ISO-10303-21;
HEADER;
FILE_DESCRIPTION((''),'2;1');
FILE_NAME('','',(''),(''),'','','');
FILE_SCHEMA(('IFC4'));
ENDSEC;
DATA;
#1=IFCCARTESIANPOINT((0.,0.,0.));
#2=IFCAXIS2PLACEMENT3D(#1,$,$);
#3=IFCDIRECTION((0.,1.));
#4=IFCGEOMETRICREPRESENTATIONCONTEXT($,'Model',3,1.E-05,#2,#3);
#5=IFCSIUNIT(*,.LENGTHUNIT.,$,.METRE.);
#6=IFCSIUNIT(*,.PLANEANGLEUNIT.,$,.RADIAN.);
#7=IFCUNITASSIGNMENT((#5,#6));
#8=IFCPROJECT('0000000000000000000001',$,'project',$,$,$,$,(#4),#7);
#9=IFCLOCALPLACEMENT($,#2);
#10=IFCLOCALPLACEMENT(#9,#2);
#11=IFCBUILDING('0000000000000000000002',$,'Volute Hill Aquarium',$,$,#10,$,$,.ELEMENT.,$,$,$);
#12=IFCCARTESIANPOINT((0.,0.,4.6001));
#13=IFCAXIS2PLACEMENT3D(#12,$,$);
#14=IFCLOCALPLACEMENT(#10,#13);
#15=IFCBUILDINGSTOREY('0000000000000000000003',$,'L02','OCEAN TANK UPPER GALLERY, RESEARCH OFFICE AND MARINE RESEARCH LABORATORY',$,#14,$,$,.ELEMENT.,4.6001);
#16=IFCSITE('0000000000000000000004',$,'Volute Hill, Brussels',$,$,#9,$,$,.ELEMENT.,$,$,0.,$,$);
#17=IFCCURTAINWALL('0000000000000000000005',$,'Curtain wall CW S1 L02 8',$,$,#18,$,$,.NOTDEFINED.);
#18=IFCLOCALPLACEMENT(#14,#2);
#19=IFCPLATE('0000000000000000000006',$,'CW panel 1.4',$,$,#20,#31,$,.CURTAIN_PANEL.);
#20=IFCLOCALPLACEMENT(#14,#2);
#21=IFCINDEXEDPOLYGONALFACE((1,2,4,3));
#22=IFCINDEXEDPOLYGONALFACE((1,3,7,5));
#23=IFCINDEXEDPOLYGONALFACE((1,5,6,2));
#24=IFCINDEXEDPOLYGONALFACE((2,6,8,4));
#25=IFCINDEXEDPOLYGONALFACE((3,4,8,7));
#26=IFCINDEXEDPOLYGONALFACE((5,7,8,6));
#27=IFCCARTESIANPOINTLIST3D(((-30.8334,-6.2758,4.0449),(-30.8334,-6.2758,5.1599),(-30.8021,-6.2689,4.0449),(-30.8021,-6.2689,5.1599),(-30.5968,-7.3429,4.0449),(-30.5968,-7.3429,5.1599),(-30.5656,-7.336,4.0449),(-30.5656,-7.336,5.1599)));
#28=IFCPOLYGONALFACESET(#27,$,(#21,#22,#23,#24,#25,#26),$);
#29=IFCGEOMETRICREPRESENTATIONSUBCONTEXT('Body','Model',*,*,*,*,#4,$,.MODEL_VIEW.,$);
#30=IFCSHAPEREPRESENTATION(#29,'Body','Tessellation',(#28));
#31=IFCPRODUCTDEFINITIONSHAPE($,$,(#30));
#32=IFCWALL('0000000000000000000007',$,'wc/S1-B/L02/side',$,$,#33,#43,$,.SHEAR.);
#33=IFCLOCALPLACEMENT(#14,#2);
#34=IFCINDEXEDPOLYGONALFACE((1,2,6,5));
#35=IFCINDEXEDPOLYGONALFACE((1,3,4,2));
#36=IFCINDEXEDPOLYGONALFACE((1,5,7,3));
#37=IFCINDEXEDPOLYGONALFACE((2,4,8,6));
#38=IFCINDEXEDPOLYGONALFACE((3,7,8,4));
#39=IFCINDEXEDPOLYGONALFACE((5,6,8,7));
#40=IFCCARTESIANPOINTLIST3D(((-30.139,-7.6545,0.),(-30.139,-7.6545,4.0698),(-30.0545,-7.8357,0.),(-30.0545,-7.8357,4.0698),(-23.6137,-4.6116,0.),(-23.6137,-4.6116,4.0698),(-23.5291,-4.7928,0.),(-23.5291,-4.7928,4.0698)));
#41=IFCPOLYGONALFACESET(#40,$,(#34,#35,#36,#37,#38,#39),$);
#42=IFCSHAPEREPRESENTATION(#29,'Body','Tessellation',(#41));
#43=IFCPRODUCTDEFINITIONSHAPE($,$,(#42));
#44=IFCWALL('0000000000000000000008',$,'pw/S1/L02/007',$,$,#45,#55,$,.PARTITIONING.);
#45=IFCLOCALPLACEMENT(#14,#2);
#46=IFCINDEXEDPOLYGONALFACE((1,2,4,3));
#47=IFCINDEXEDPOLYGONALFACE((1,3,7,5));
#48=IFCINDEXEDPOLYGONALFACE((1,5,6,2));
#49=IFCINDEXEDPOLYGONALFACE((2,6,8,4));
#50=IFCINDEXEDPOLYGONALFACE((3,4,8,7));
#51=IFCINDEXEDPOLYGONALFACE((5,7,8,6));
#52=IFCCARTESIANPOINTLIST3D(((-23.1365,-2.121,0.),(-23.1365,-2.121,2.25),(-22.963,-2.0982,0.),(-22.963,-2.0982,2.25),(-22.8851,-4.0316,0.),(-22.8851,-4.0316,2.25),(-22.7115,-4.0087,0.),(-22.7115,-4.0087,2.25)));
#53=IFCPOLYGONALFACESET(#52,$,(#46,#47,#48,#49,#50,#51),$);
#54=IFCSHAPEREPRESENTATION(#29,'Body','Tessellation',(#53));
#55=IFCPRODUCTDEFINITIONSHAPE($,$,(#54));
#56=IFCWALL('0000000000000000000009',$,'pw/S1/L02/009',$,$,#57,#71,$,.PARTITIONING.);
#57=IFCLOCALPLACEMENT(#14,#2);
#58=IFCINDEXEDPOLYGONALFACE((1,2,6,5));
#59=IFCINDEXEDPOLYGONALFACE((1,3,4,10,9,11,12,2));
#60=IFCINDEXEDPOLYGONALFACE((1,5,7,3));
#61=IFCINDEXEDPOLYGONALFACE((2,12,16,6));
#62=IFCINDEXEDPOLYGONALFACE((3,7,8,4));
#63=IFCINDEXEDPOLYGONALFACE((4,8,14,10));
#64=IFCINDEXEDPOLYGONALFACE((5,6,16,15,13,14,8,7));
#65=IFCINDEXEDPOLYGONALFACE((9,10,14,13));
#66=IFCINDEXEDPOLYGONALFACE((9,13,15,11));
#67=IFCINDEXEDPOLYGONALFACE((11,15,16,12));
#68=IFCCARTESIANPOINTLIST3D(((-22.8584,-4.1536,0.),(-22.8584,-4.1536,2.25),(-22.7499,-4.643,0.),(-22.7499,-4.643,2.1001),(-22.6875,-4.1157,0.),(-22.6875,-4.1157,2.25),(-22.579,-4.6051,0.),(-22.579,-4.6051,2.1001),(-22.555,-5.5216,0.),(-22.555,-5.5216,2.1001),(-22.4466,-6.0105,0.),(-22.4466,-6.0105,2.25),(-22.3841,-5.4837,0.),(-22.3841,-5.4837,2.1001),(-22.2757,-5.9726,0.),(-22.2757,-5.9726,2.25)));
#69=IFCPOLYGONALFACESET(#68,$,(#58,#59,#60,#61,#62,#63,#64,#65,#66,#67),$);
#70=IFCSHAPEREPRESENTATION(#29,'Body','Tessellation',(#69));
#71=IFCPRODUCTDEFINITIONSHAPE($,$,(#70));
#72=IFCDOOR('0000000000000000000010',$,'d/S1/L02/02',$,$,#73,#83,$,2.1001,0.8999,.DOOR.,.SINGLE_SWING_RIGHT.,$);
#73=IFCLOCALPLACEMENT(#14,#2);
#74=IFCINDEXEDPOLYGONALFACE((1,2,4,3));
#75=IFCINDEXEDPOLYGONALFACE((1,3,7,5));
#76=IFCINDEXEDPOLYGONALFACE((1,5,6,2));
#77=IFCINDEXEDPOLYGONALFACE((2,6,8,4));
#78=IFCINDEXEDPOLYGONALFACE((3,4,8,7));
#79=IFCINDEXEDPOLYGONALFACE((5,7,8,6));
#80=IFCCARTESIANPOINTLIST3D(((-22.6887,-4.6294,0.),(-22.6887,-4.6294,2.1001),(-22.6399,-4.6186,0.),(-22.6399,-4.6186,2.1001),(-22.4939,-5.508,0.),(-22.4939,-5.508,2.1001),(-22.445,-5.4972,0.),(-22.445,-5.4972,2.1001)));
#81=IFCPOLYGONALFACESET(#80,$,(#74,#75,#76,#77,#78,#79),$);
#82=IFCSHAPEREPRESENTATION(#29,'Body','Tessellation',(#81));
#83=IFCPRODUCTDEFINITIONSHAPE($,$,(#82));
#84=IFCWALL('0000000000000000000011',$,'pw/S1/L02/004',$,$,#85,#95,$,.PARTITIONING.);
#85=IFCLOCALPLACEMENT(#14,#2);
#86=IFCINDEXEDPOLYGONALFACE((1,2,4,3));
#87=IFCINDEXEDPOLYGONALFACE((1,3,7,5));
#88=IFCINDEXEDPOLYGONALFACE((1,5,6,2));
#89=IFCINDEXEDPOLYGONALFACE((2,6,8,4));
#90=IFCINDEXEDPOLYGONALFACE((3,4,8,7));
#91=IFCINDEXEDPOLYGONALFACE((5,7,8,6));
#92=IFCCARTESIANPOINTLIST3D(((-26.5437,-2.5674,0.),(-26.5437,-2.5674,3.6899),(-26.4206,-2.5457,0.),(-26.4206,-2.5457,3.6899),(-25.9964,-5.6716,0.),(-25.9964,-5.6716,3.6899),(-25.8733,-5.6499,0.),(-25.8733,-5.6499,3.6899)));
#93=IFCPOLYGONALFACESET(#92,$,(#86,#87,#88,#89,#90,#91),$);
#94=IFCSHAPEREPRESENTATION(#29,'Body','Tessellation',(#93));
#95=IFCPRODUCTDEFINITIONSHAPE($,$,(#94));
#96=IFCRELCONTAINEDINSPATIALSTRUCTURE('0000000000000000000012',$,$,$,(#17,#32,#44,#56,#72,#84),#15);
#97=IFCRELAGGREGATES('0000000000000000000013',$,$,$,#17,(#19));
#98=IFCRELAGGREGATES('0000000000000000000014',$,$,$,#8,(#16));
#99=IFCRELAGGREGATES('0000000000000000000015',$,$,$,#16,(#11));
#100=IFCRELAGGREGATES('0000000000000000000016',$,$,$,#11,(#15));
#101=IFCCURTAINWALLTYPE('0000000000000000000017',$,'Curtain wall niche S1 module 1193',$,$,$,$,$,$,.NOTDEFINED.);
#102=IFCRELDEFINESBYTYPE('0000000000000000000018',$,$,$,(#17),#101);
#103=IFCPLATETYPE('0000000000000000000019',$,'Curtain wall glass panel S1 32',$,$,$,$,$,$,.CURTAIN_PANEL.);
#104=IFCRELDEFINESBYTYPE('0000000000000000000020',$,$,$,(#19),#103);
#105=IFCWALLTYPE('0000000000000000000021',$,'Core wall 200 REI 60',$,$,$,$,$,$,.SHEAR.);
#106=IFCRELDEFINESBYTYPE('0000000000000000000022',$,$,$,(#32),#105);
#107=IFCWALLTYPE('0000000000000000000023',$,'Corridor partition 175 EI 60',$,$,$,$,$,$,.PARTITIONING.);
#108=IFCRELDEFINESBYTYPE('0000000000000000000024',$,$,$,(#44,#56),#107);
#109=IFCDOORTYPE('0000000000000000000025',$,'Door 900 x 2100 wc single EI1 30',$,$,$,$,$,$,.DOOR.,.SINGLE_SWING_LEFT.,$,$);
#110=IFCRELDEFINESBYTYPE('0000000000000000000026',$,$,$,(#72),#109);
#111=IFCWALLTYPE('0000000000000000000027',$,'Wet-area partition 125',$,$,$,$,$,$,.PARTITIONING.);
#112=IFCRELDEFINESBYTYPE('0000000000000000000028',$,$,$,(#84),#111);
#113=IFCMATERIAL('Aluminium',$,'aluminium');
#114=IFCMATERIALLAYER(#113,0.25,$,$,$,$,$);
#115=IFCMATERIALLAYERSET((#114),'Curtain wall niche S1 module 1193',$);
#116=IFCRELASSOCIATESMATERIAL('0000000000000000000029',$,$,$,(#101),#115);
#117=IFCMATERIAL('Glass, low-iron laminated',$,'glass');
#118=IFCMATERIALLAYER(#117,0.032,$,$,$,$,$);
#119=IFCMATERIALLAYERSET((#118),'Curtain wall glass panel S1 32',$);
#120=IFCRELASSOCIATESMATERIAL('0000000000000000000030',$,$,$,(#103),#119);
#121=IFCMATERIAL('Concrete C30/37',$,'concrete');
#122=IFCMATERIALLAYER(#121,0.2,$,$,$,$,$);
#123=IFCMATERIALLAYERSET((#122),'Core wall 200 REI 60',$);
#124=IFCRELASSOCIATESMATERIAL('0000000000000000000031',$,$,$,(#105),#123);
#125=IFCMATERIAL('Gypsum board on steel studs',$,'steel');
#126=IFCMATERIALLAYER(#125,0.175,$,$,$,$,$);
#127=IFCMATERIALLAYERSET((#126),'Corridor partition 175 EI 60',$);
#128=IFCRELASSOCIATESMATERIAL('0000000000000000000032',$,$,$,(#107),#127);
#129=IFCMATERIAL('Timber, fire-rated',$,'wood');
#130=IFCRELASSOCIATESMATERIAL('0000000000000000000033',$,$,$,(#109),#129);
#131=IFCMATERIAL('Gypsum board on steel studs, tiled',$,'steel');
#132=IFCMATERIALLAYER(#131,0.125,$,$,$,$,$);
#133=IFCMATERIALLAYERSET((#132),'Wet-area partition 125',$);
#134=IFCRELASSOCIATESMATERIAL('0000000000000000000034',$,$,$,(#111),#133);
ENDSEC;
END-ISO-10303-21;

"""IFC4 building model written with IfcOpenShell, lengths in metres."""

from ifc_helpers import new_model, si_unit, direction, frame, frame_2d, origin, origin_2d, place, context, subcontext, project, spatial, rectangle, extrude, material, layer, layer_set, type_object, element, fill, aggregate, save


model = new_model("IFC4")

# Units and contexts
model_context = context("Model", 3, precision=1e-05, world=origin(), true_north=direction((0.0, 1.0)))
body_context = subcontext(model_context, "Body", "Model", "MODEL_VIEW")
ifc_project = project(units=[si_unit("LENGTHUNIT", "METRE"), si_unit("PLANEANGLEUNIT", "RADIAN")], contexts=[model_context])

# Site, building, storey
site_placement = place(None, origin())
site = spatial("IfcSite", under=ifc_project, at=site_placement, Name="Volute Hill, Brussels", CompositionType="ELEMENT", RefElevation=0.0)
building_placement = place(site_placement, origin())
building = spatial("IfcBuilding", under=site, at=building_placement, Name="Volute Hill Aquarium", CompositionType="ELEMENT")
storey_placement = place(building_placement, frame((0.0, 0.0, 4.6001)))
storey = spatial("IfcBuildingStorey", under=building, at=storey_placement, Name="L02", Description="OCEAN TANK UPPER GALLERY, RESEARCH OFFICE AND MARINE RESEARCH LABORATORY", CompositionType="ELEMENT", Elevation=4.6001)

# Curtain wall
ifc_material_1 = material(Name="Aluminium", Category="aluminium")
ifc_layer_1 = layer(ifc_material_1, 0.25)
ifc_layer_set_1 = layer_set([ifc_layer_1], Name="Curtain wall niche S1 module 1193")
curtain_wall_type = type_object("IfcCurtainWallType", Name="Curtain wall niche S1 module 1193", PredefinedType="NOTDEFINED", material=ifc_layer_set_1)
curtain_wall_placement = place(storey_placement, origin())
curtain_wall = element("IfcCurtainWall", 1, at=curtain_wall_placement, inside=storey, type_object=curtain_wall_type, Name="Curtain wall CW S1 L02 8", PredefinedType="NOTDEFINED")

# Plate
ifc_material_2 = material(Name="Glass, low-iron laminated", Category="glass")
ifc_layer_2 = layer(ifc_material_2, 0.032)
ifc_layer_set_2 = layer_set([ifc_layer_2], Name="Curtain wall glass panel S1 32")
plate_type = type_object("IfcPlateType", Name="Curtain wall glass panel S1 32", PredefinedType="CURTAIN_PANEL", material=ifc_layer_set_2)
plate_1_placement = place(storey_placement, frame((-30.6995, -6.8059, 4.0449), z_axis=(0.0, 0.0, 1.0), x_axis=(0.216456, -0.976292, 0.0)))
plate_1 = element("IfcPlate", 2, at=plate_1_placement, type_object=plate_type, Name="CW panel 1.4", PredefinedType="CURTAIN_PANEL", context=body_context, shape_type="SweptSolid", body=[
    extrude(rectangle(XDim=1.093, YDim=0.032, at=origin_2d()), origin(), (0.0, 0.0, 1.0), 1.115),
])
aggregate(curtain_wall, [plate_1])

# Walls
ifc_material_3 = material(Name="Concrete C30/37", Category="concrete")
ifc_layer_3 = layer(ifc_material_3, 0.2)
ifc_layer_set_3 = layer_set([ifc_layer_3], Name="Core wall 200 REI 60")
wall_type_1 = type_object("IfcWallType", Name="Core wall 200 REI 60", PredefinedType="SHEAR", material=ifc_layer_set_3)
wall_1_placement = place(storey_placement, frame((-23.5713, -4.7021, 0.0), z_axis=(0.0, 0.0, 1.0), x_axis=(-0.906301, -0.422633, 0.0)))
element("IfcWall", 3, at=wall_1_placement, inside=storey, type_object=wall_type_1, Name="wc/S1-B/L02/side", PredefinedType="SHEAR", context=body_context, shape_type="SweptSolid", body=[
    extrude(rectangle(XDim=7.2, YDim=0.2, at=frame_2d((3.6001, 0.0))), origin(), (0.0, 0.0, 1.0), 4.0698),
])
ifc_material_4 = material(Name="Gypsum board on steel studs", Category="steel")
ifc_layer_4 = layer(ifc_material_4, 0.175)
ifc_layer_set_4 = layer_set([ifc_layer_4], Name="Corridor partition 175 EI 60")
wall_type_2 = type_object("IfcWallType", Name="Corridor partition 175 EI 60", PredefinedType="PARTITIONING", material=ifc_layer_set_4)
wall_2_placement = place(storey_placement, frame((-22.7983, -4.02, 0.0), z_axis=(0.0, 0.0, 1.0), x_axis=(-0.130487, 0.99145, 0.0)))
element("IfcWall", 4, at=wall_2_placement, inside=storey, type_object=wall_type_2, Name="pw/S1/L02/007", PredefinedType="PARTITIONING", context=body_context, shape_type="SweptSolid", body=[
    extrude(rectangle(XDim=1.927, YDim=0.175, at=frame_2d((0.9634, 0.0))), origin(), (0.0, 0.0, 1.0), 2.25),
])

# Wall, opening, door
wall_3_placement = place(storey_placement, frame((-22.3611, -5.9917, 0.0), z_axis=(0.0, 0.0, 1.0), x_axis=(-0.216536, 0.976275, 0.0)))
wall_3 = element("IfcWall", 5, at=wall_3_placement, inside=storey, type_object=wall_type_2, Name="pw/S1/L02/009", PredefinedType="PARTITIONING", context=body_context, shape_type="SweptSolid", body=[
    extrude(rectangle(XDim=1.9021, YDim=0.175, at=frame_2d((0.9512, 0.0))), origin(), (0.0, 0.0, 1.0), 2.25),
])
opening_1_placement = place(wall_3_placement, frame((0.501, 0.0, 0.0)))
opening_1 = element("IfcOpeningElement", 6, at=opening_1_placement, cuts=wall_3, PredefinedType="OPENING", context=body_context, shape_type="SweptSolid", body=[
    extrude(rectangle(XDim=0.8999, YDim=2.1001, at=frame_2d((0.45, 1.05))), frame((0.0, 0.0974, 0.0), z_axis=(0.0, -1.0, 0.0), x_axis=(1.0, 0.0, 0.0)), (0.0, 0.0, 1.0), 0.1951),
])
ifc_material_5 = material(Name="Timber, fire-rated", Category="wood")
door_type_1 = type_object("IfcDoorType", Name="Door 900 x 2100 wc single EI1 30", OperationType="SINGLE_SWING_LEFT", PredefinedType="DOOR", material=ifc_material_5)
door_1_placement = place(opening_1_placement, origin())
door_1 = element("IfcDoor", 7, at=door_1_placement, inside=storey, type_object=door_type_1, Name="d/S1/L02/02", OperationType="SINGLE_SWING_RIGHT", OverallHeight=2.1001, OverallWidth=0.8999, PredefinedType="DOOR", context=body_context, shape_type="SweptSolid", body=[
    extrude(rectangle(XDim=0.8999, YDim=2.1001, at=frame_2d((0.45, 1.05))), frame((0.0, 0.0249, 0.0), z_axis=(0.0, -1.0, 0.0), x_axis=(1.0, 0.0, 0.0)), (0.0, 0.0, 1.0), 0.05),
])
fill(opening_1, door_1)

# Wall
ifc_material_6 = material(Name="Gypsum board on steel studs, tiled", Category="steel")
ifc_layer_5 = layer(ifc_material_6, 0.125)
ifc_layer_set_5 = layer_set([ifc_layer_5], Name="Wet-area partition 125")
wall_type_3 = type_object("IfcWallType", Name="Wet-area partition 125", PredefinedType="PARTITIONING", material=ifc_layer_set_5)
wall_4_placement = place(storey_placement, frame((-25.9348, -5.6609, 0.0), z_axis=(0.0, 0.0, 1.0), x_axis=(-0.173648, 0.984808, 0.0)))
element("IfcWall", 8, at=wall_4_placement, inside=storey, type_object=wall_type_3, Name="pw/S1/L02/004", PredefinedType="PARTITIONING", context=body_context, shape_type="SweptSolid", body=[
    extrude(rectangle(XDim=3.1521, YDim=0.125, at=frame_2d((1.5762, 0.0))), origin(), (0.0, 0.0, 1.0), 3.6899),
])

save(model, "model.ifc")
